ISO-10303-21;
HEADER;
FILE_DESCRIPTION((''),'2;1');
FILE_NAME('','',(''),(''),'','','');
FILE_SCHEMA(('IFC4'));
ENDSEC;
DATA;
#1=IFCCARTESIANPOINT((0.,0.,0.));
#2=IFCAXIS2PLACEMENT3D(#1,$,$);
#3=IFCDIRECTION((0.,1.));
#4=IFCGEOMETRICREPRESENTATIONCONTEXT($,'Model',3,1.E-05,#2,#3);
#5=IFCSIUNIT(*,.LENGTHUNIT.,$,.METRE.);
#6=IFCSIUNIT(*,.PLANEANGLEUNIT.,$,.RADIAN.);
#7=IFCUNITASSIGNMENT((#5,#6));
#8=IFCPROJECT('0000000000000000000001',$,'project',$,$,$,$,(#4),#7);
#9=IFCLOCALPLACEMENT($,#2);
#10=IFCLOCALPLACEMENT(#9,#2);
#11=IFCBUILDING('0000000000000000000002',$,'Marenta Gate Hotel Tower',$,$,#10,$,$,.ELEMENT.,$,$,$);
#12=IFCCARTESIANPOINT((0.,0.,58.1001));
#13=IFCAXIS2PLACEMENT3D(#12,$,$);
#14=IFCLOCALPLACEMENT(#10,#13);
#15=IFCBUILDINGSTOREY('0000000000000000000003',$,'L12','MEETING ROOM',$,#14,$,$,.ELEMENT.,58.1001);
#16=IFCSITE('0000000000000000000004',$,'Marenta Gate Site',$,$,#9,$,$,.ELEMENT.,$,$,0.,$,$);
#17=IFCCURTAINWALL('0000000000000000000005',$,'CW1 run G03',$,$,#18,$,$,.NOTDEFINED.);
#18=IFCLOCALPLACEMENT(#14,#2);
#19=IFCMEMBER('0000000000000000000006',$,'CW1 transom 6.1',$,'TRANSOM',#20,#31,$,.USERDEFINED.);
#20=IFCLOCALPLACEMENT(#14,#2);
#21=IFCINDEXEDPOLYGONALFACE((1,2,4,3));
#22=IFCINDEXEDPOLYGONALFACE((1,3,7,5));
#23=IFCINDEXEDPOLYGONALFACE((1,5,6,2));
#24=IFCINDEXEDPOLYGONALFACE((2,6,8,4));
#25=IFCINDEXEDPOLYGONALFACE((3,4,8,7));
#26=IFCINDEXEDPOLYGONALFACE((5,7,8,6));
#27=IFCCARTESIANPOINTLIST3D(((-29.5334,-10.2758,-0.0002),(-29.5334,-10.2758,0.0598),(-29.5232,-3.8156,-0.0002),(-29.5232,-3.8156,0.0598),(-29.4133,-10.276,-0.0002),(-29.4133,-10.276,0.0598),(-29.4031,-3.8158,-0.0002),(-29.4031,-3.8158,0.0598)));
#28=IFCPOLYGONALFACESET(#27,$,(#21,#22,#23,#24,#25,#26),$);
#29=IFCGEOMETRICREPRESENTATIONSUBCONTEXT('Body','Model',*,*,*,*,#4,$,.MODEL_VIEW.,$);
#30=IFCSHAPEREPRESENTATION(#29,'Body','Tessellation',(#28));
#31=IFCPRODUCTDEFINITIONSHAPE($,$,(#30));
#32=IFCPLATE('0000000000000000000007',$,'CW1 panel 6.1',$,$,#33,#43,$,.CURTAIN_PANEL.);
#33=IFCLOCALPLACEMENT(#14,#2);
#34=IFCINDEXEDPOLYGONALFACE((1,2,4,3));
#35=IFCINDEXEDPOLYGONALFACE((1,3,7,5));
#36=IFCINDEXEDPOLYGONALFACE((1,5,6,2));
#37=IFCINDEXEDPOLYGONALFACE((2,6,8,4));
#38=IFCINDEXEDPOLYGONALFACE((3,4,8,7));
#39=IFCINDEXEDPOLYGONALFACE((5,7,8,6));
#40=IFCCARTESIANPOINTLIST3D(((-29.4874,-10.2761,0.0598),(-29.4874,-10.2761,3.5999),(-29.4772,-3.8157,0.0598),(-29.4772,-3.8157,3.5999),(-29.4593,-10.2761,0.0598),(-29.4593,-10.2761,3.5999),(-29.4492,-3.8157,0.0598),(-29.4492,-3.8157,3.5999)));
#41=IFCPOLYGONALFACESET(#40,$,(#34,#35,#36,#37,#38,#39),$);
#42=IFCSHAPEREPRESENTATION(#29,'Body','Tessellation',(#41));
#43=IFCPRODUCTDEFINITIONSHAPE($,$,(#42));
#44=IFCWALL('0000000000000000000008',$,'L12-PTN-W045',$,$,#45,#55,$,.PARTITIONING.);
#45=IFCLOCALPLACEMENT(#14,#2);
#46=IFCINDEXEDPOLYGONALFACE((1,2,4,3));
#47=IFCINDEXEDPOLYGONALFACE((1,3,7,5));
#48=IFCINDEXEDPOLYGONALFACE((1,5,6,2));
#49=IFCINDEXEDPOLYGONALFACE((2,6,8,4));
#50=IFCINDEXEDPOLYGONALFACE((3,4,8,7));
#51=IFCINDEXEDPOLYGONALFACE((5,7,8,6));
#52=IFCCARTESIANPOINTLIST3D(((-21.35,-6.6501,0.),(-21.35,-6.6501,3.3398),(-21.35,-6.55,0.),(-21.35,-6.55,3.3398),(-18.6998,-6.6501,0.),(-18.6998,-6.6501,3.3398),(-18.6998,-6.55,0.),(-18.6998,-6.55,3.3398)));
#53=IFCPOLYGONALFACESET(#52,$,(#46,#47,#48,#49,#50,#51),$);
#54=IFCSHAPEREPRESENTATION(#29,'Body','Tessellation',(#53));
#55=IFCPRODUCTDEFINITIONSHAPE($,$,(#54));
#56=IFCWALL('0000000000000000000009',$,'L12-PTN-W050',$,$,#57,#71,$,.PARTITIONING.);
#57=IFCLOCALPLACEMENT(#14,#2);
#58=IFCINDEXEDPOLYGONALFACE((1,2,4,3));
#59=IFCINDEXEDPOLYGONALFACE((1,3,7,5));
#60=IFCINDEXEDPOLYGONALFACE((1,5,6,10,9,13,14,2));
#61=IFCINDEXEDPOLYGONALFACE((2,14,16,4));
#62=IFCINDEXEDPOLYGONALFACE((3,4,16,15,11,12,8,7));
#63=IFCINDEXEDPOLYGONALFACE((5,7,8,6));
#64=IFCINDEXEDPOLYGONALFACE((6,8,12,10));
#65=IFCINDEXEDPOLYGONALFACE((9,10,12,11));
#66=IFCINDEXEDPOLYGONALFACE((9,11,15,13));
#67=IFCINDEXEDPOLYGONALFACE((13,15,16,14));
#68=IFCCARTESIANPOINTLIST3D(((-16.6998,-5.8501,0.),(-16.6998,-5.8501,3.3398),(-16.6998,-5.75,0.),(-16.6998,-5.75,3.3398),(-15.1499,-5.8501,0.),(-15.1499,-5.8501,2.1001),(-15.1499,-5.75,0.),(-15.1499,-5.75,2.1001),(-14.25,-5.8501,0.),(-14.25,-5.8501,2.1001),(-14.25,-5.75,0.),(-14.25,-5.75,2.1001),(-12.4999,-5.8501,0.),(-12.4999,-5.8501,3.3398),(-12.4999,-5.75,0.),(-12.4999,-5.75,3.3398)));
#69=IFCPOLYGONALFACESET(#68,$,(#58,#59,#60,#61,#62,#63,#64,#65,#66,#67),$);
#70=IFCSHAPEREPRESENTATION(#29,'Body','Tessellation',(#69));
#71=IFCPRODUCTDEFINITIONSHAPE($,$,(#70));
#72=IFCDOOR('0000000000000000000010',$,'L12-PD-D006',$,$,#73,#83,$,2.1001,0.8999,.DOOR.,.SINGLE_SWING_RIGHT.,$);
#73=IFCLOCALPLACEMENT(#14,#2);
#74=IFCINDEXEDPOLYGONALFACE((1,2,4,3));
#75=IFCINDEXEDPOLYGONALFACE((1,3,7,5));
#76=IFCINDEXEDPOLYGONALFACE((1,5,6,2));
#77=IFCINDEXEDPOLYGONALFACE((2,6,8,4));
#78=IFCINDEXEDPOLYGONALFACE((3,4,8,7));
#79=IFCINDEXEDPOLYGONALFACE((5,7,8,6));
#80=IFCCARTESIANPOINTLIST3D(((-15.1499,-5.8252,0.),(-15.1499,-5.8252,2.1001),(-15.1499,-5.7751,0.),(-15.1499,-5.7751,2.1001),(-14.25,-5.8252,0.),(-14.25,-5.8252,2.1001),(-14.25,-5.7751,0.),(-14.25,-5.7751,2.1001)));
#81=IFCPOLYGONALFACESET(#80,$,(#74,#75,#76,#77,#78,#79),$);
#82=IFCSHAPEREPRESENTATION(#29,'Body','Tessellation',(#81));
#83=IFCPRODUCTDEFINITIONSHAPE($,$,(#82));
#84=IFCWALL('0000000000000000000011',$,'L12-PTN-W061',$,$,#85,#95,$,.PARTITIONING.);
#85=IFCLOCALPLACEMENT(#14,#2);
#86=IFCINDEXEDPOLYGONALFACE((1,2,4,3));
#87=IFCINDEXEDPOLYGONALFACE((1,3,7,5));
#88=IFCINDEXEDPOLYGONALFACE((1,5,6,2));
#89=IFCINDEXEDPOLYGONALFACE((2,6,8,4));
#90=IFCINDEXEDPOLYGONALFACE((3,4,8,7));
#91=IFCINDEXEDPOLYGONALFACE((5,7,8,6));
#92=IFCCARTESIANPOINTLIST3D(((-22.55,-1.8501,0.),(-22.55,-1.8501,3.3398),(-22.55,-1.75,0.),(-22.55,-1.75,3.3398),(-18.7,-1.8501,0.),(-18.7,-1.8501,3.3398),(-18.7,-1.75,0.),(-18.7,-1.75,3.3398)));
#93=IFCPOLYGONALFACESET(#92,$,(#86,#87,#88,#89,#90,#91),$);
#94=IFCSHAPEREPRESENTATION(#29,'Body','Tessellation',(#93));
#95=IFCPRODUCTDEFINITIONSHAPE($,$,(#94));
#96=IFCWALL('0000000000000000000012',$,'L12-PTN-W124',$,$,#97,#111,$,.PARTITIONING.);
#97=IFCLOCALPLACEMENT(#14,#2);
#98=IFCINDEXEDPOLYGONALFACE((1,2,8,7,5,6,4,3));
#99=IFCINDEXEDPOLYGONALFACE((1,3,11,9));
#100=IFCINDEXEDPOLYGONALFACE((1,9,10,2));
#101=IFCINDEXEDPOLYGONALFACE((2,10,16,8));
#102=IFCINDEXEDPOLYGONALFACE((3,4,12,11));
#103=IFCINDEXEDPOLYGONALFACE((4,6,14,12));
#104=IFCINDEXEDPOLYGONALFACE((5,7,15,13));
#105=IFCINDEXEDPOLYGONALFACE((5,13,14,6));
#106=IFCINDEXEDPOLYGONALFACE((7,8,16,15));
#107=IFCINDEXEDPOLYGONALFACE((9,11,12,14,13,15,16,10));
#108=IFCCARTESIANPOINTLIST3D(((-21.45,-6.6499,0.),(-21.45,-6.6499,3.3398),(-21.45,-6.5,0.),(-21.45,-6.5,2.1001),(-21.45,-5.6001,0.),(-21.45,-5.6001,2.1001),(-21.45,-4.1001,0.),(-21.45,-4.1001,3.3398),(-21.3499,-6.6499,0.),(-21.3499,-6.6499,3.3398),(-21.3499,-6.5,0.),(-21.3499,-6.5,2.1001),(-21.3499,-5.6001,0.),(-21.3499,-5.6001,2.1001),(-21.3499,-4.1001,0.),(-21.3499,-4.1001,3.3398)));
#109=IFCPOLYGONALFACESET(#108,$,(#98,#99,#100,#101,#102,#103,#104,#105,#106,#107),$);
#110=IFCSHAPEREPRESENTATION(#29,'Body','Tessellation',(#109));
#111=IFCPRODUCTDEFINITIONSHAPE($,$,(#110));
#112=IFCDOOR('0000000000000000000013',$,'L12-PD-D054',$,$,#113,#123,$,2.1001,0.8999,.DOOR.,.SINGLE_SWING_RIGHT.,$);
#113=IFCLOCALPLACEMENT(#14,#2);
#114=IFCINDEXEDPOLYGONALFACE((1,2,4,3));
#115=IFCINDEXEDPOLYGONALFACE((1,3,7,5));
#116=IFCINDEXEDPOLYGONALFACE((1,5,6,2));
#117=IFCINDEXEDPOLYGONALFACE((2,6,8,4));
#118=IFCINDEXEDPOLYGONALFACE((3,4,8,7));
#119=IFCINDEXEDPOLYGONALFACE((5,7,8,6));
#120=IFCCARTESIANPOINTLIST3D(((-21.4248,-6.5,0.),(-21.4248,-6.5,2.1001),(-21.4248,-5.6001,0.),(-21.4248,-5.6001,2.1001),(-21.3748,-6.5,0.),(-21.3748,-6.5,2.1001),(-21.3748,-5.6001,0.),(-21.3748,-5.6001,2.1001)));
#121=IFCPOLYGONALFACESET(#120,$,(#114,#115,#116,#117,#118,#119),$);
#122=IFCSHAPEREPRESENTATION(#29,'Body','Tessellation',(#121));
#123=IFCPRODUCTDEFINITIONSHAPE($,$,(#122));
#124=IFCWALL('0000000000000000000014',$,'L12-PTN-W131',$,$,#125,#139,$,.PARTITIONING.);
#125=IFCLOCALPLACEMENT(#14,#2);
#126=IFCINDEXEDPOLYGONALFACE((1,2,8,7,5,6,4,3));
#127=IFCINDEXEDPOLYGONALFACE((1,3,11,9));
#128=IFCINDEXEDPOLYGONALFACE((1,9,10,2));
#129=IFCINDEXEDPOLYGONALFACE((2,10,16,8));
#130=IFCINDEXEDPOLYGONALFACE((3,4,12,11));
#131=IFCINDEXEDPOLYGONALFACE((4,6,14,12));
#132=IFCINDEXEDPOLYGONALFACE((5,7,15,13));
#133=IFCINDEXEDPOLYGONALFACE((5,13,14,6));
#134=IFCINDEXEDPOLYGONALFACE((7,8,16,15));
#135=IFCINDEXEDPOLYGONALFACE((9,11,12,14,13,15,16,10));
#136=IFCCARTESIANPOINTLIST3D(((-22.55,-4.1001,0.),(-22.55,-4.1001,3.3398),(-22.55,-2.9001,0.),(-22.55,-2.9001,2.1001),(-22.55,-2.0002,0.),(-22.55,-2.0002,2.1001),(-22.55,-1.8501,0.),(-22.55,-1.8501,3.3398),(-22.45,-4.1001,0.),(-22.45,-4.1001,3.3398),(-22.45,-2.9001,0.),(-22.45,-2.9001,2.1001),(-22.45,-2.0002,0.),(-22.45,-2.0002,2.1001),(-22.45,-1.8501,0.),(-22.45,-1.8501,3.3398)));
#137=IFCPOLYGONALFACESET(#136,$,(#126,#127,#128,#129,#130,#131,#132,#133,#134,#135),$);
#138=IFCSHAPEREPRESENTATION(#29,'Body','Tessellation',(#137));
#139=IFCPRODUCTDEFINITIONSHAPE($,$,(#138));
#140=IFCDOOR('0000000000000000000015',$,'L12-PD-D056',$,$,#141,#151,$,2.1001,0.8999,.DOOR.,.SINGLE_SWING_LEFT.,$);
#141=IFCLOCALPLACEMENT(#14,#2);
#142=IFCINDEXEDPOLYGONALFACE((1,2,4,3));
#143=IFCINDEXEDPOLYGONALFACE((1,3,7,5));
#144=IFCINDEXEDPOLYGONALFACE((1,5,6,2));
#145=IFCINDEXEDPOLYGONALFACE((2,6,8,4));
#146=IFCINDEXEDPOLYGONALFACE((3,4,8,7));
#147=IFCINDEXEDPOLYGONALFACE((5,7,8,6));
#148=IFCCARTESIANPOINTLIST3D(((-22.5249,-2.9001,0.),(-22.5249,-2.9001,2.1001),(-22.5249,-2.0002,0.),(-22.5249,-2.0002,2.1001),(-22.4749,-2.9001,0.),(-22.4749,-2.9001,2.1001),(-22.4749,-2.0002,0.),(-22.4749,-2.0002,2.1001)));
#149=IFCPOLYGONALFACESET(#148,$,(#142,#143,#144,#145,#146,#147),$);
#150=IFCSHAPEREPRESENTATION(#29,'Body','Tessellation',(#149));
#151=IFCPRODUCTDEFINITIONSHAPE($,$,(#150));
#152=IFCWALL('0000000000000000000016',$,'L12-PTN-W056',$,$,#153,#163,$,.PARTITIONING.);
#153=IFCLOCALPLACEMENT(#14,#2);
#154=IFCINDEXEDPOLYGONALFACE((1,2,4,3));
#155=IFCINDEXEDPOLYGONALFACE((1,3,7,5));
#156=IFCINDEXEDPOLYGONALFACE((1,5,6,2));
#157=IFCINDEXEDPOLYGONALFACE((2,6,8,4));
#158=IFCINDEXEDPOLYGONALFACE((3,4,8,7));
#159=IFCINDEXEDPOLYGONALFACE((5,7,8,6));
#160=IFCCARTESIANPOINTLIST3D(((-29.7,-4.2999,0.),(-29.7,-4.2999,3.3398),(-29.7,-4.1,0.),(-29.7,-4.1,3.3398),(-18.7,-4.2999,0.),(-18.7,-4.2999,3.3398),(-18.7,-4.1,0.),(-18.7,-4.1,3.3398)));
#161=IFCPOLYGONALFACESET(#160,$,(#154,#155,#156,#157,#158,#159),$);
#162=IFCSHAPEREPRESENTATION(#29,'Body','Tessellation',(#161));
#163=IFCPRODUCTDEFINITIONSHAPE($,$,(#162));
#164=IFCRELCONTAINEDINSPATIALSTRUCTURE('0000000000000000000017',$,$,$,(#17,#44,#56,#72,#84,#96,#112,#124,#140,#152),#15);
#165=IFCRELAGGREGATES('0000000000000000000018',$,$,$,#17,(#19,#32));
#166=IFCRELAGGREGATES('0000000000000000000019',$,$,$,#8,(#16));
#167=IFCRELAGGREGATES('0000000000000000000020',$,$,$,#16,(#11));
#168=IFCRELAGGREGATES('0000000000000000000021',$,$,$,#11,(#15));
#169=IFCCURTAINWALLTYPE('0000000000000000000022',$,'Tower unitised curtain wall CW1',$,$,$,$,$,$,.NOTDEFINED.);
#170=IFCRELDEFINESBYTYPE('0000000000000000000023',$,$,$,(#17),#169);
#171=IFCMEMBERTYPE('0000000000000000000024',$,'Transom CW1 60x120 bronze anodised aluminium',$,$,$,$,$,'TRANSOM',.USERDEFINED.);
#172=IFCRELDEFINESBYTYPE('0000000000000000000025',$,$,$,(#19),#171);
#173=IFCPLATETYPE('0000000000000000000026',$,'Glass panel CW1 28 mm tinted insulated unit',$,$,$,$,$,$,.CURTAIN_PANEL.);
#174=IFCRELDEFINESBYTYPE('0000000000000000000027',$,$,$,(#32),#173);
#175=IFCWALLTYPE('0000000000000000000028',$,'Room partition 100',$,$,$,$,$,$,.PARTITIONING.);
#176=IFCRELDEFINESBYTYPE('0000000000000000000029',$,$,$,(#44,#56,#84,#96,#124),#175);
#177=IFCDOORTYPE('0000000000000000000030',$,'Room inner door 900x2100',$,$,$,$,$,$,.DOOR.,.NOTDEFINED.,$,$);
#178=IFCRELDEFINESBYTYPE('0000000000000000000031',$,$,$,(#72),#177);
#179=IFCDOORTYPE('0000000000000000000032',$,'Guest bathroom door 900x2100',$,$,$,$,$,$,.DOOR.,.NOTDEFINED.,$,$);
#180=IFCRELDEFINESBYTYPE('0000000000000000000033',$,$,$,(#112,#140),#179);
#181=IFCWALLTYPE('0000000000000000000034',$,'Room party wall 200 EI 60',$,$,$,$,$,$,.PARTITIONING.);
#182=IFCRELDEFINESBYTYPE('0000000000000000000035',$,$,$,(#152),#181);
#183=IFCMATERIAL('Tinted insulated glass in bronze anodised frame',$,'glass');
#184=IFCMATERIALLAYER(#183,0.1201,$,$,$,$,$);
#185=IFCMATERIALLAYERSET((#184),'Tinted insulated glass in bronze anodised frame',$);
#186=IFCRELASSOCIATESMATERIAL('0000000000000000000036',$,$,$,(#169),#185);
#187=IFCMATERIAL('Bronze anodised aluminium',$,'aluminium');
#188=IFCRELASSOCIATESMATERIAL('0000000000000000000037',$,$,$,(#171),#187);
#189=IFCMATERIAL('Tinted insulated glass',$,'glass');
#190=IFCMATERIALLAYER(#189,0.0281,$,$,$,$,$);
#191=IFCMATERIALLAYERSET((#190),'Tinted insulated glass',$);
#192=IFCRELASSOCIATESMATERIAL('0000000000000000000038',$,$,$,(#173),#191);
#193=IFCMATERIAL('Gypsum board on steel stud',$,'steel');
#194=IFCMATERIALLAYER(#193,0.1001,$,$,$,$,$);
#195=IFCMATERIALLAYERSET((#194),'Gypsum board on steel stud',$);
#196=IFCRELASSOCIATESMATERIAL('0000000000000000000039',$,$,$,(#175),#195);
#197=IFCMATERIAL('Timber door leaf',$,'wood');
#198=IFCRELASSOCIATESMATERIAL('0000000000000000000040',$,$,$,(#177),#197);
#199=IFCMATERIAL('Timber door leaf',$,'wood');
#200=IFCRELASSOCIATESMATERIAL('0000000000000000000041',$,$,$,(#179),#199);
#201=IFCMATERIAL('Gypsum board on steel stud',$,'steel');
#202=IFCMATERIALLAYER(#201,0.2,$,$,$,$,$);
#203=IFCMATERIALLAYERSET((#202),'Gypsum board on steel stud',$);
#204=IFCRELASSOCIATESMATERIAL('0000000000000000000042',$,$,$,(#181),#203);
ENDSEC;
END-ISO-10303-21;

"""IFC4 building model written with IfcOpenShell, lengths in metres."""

from ifc_helpers import new_model, si_unit, direction, frame, frame_2d, origin, origin_2d, place, context, subcontext, project, spatial, rectangle, extrude, material, layer, layer_set, material_profile, profile_set, type_object, element, fill, aggregate, save


model = new_model("IFC4")

# Units and contexts
model_context = context("Model", 3, precision=1e-05, world=origin(), true_north=direction((0.0, 1.0)))
body_context = subcontext(model_context, "Body", "Model", "MODEL_VIEW")
ifc_project = project(units=[si_unit("LENGTHUNIT", "METRE"), si_unit("PLANEANGLEUNIT", "RADIAN")], contexts=[model_context])

# Site, building, storey
site_placement = place(None, origin())
site = spatial("IfcSite", under=ifc_project, at=site_placement, Name="Marenta Gate Site", CompositionType="ELEMENT", RefElevation=0.0)
building_placement = place(site_placement, origin())
building = spatial("IfcBuilding", under=site, at=building_placement, Name="Marenta Gate Hotel Tower", CompositionType="ELEMENT")
storey_placement = place(building_placement, frame((0.0, 0.0, 58.1001)))
storey = spatial("IfcBuildingStorey", under=building, at=storey_placement, Name="L12", Description="MEETING ROOM", CompositionType="ELEMENT", Elevation=58.1001)

# Curtain wall, member, plate
ifc_material_1 = material(Name="Tinted insulated glass in bronze anodised frame", Category="glass")
ifc_layer_1 = layer(ifc_material_1, 0.1201)
ifc_layer_set_1 = layer_set([ifc_layer_1], Name="Tinted insulated glass in bronze anodised frame")
curtain_wall_type = type_object("IfcCurtainWallType", Name="Tower unitised curtain wall CW1", PredefinedType="NOTDEFINED", material=ifc_layer_set_1)
curtain_wall_placement = place(storey_placement, origin())
curtain_wall = element("IfcCurtainWall", 1, at=curtain_wall_placement, inside=storey, type_object=curtain_wall_type, Name="CW1 run G03", PredefinedType="NOTDEFINED")
ifc_material_2 = material(Name="Bronze anodised aluminium", Category="aluminium")
ifc_material_profile_1 = material_profile(ifc_material_2, rectangle(XDim=0.1201, YDim=0.0601, at=origin_2d()), Name="Transom CW1 60x120 bronze anodised aluminium")
ifc_profile_set_1 = profile_set([ifc_material_profile_1], Name="Bronze anodised aluminium")
member_type_1 = type_object("IfcMemberType", Name="Transom CW1 60x120 bronze anodised aluminium", ElementType="TRANSOM", PredefinedType="USERDEFINED", material=ifc_profile_set_1)
member_1_placement = place(storey_placement, frame((-29.4631, -3.8157, 0.0298), z_axis=(-0.001587, -0.999999, 0.0), x_axis=(0.999999, -0.001587, 0.0)))
member_1 = element("IfcMember", 2, at=member_1_placement, type_object=member_type_1, Name="CW1 transom 6.1", ObjectType="TRANSOM", PredefinedType="USERDEFINED", context=body_context, shape_type="SweptSolid", body=[
    extrude(rectangle(XDim=0.1201, YDim=0.0601, at=origin_2d()), origin(), (0.0, 0.0, 1.0), 6.4602),
])
ifc_material_3 = material(Name="Tinted insulated glass", Category="glass")
ifc_layer_2 = layer(ifc_material_3, 0.0281)
ifc_layer_set_2 = layer_set([ifc_layer_2], Name="Tinted insulated glass")
plate_type = type_object("IfcPlateType", Name="Glass panel CW1 28 mm tinted insulated unit", PredefinedType="CURTAIN_PANEL", material=ifc_layer_set_2)
plate_placement = place(storey_placement, frame((-29.4683, -7.0459, 0.0598), z_axis=(0.0, 0.0, 1.0), x_axis=(-0.001566, -0.999999, 0.0)))
plate = element("IfcPlate", 3, at=plate_placement, type_object=plate_type, Name="CW1 panel 6.1", PredefinedType="CURTAIN_PANEL", context=body_context, shape_type="SweptSolid", body=[
    extrude(rectangle(XDim=6.4604, YDim=0.0281, at=origin_2d()), origin(), (0.0, 0.0, 1.0), 3.54),
])
aggregate(curtain_wall, [member_1, plate])

# Wall
ifc_material_4 = material(Name="Gypsum board on steel stud", Category="steel")
ifc_layer_3 = layer(ifc_material_4, 0.1001)
ifc_layer_set_3 = layer_set([ifc_layer_3], Name="Gypsum board on steel stud")
wall_type_1 = type_object("IfcWallType", Name="Room partition 100", PredefinedType="PARTITIONING", material=ifc_layer_set_3)
wall_1_placement = place(storey_placement, frame((-21.3501, -6.6001, 0.0), z_axis=(0.0, 0.0, 1.0), x_axis=(1.0, 0.0, 0.0)))
element("IfcWall", 4, at=wall_1_placement, inside=storey, type_object=wall_type_1, Name="L12-PTN-W045", PredefinedType="PARTITIONING", context=body_context, shape_type="SweptSolid", body=[
    extrude(rectangle(XDim=2.6501, YDim=0.1001, at=frame_2d((1.3252, 0.0))), origin(), (0.0, 0.0, 1.0), 3.3398),
])

# Wall, opening, door
wall_2_placement = place(storey_placement, frame((-16.7, -5.8, 0.0), z_axis=(0.0, 0.0, 1.0), x_axis=(1.0, 0.0, 0.0)))
wall_2 = element("IfcWall", 5, at=wall_2_placement, inside=storey, type_object=wall_type_1, Name="L12-PTN-W050", PredefinedType="PARTITIONING", context=body_context, shape_type="SweptSolid", body=[
    extrude(rectangle(XDim=4.2, YDim=0.1001, at=frame_2d((2.1001, 0.0))), origin(), (0.0, 0.0, 1.0), 3.3398),
])
opening_1_placement = place(wall_2_placement, frame((1.55, 0.0, 0.0)))
opening_1 = element("IfcOpeningElement", 6, at=opening_1_placement, cuts=wall_2, PredefinedType="OPENING", context=body_context, shape_type="SweptSolid", body=[
    extrude(rectangle(XDim=0.8999, YDim=2.1001, at=frame_2d((0.45, 1.05))), frame((0.0, 0.05, 0.0), z_axis=(0.0, -1.0, 0.0), x_axis=(1.0, 0.0, 0.0)), (0.0, 0.0, 1.0), 0.1001),
])
ifc_material_5 = material(Name="Timber door leaf", Category="wood")
door_type_1 = type_object("IfcDoorType", Name="Room inner door 900x2100", OperationType="NOTDEFINED", PredefinedType="DOOR", material=ifc_material_5)
door_1_placement = place(opening_1_placement, origin())
door_1 = element("IfcDoor", 7, at=door_1_placement, inside=storey, type_object=door_type_1, Name="L12-PD-D006", OperationType="SINGLE_SWING_RIGHT", OverallHeight=2.1001, OverallWidth=0.8999, PredefinedType="DOOR", context=body_context, shape_type="SweptSolid", body=[
    extrude(rectangle(XDim=0.8999, YDim=2.1001, at=frame_2d((0.45, 1.05))), frame((0.0, 0.0249, 0.0), z_axis=(0.0, -1.0, 0.0), x_axis=(1.0, 0.0, 0.0)), (0.0, 0.0, 1.0), 0.05),
])
fill(opening_1, door_1)

# Wall
wall_3_placement = place(storey_placement, frame((-22.55, -1.8, 0.0), z_axis=(0.0, 0.0, 1.0), x_axis=(1.0, 0.0, 0.0)))
element("IfcWall", 8, at=wall_3_placement, inside=storey, type_object=wall_type_1, Name="L12-PTN-W061", PredefinedType="PARTITIONING", context=body_context, shape_type="SweptSolid", body=[
    extrude(rectangle(XDim=3.8501, YDim=0.1001, at=frame_2d((1.925, 0.0))), origin(), (0.0, 0.0, 1.0), 3.3398),
])

# Walls, openings, doors
wall_4_placement = place(storey_placement, frame((-21.3999, -6.6499, 0.0), z_axis=(0.0, 0.0, 1.0), x_axis=(0.0, 1.0, 0.0)))
wall_4 = element("IfcWall", 9, at=wall_4_placement, inside=storey, type_object=wall_type_1, Name="L12-PTN-W124", PredefinedType="PARTITIONING", context=body_context, shape_type="SweptSolid", body=[
    extrude(rectangle(XDim=2.5498, YDim=0.1001, at=frame_2d((1.2749, 0.0))), origin(), (0.0, 0.0, 1.0), 3.3398),
])
opening_2_placement = place(wall_4_placement, frame((0.1499, 0.0, 0.0)))
opening_2 = element("IfcOpeningElement", 10, at=opening_2_placement, cuts=wall_4, PredefinedType="OPENING", context=body_context, shape_type="SweptSolid", body=[
    extrude(rectangle(XDim=0.8999, YDim=2.1001, at=frame_2d((0.45, 1.05))), frame((0.0, 0.05, 0.0), z_axis=(0.0, -1.0, 0.0), x_axis=(1.0, 0.0, 0.0)), (0.0, 0.0, 1.0), 0.1001),
])
ifc_material_6 = material(Name="Timber door leaf", Category="wood")
door_type_2 = type_object("IfcDoorType", Name="Guest bathroom door 900x2100", OperationType="NOTDEFINED", PredefinedType="DOOR", material=ifc_material_6)
door_2_placement = place(opening_2_placement, origin())
door_2 = element("IfcDoor", 11, at=door_2_placement, inside=storey, type_object=door_type_2, Name="L12-PD-D054", OperationType="SINGLE_SWING_RIGHT", OverallHeight=2.1001, OverallWidth=0.8999, PredefinedType="DOOR", context=body_context, shape_type="SweptSolid", body=[
    extrude(rectangle(XDim=0.8999, YDim=2.1001, at=frame_2d((0.45, 1.05))), frame((0.0, 0.0249, 0.0), z_axis=(0.0, -1.0, 0.0), x_axis=(1.0, 0.0, 0.0)), (0.0, 0.0, 1.0), 0.05),
])
fill(opening_2, door_2)
wall_5_placement = place(storey_placement, frame((-22.5, -4.1001, 0.0), z_axis=(0.0, 0.0, 1.0), x_axis=(0.0, 1.0, 0.0)))
wall_5 = element("IfcWall", 12, at=wall_5_placement, inside=storey, type_object=wall_type_1, Name="L12-PTN-W131", PredefinedType="PARTITIONING", context=body_context, shape_type="SweptSolid", body=[
    extrude(rectangle(XDim=2.25, YDim=0.1001, at=frame_2d((1.125, 0.0))), origin(), (0.0, 0.0, 1.0), 3.3398),
])
opening_3_placement = place(wall_5_placement, frame((1.2, 0.0, 0.0)))
opening_3 = element("IfcOpeningElement", 13, at=opening_3_placement, cuts=wall_5, PredefinedType="OPENING", context=body_context, shape_type="SweptSolid", body=[
    extrude(rectangle(XDim=0.8999, YDim=2.1001, at=frame_2d((0.45, 1.05))), frame((0.0, 0.05, 0.0), z_axis=(0.0, -1.0, 0.0), x_axis=(1.0, 0.0, 0.0)), (0.0, 0.0, 1.0), 0.1001),
])
door_3_placement = place(opening_3_placement, origin())
door_3 = element("IfcDoor", 14, at=door_3_placement, inside=storey, type_object=door_type_2, Name="L12-PD-D056", OperationType="SINGLE_SWING_LEFT", OverallHeight=2.1001, OverallWidth=0.8999, PredefinedType="DOOR", context=body_context, shape_type="SweptSolid", body=[
    extrude(rectangle(XDim=0.8999, YDim=2.1001, at=frame_2d((0.45, 1.05))), frame((0.0, 0.0249, 0.0), z_axis=(0.0, -1.0, 0.0), x_axis=(1.0, 0.0, 0.0)), (0.0, 0.0, 1.0), 0.05),
])
fill(opening_3, door_3)

# Wall
ifc_material_7 = material(Name="Gypsum board on steel stud", Category="steel")
ifc_layer_4 = layer(ifc_material_7, 0.2)
ifc_layer_set_4 = layer_set([ifc_layer_4], Name="Gypsum board on steel stud")
wall_type_2 = type_object("IfcWallType", Name="Room party wall 200 EI 60", PredefinedType="PARTITIONING", material=ifc_layer_set_4)
wall_6_placement = place(storey_placement, frame((-29.7, -4.2, 0.0), z_axis=(0.0, 0.0, 1.0), x_axis=(1.0, 0.0, 0.0)))
element("IfcWall", 15, at=wall_6_placement, inside=storey, type_object=wall_type_2, Name="L12-PTN-W056", PredefinedType="PARTITIONING", context=body_context, shape_type="SweptSolid", body=[
    extrude(rectangle(XDim=11.0, YDim=0.2, at=frame_2d((5.5, 0.0))), origin(), (0.0, 0.0, 1.0), 3.3398),
])

save(model, "model.ifc")
